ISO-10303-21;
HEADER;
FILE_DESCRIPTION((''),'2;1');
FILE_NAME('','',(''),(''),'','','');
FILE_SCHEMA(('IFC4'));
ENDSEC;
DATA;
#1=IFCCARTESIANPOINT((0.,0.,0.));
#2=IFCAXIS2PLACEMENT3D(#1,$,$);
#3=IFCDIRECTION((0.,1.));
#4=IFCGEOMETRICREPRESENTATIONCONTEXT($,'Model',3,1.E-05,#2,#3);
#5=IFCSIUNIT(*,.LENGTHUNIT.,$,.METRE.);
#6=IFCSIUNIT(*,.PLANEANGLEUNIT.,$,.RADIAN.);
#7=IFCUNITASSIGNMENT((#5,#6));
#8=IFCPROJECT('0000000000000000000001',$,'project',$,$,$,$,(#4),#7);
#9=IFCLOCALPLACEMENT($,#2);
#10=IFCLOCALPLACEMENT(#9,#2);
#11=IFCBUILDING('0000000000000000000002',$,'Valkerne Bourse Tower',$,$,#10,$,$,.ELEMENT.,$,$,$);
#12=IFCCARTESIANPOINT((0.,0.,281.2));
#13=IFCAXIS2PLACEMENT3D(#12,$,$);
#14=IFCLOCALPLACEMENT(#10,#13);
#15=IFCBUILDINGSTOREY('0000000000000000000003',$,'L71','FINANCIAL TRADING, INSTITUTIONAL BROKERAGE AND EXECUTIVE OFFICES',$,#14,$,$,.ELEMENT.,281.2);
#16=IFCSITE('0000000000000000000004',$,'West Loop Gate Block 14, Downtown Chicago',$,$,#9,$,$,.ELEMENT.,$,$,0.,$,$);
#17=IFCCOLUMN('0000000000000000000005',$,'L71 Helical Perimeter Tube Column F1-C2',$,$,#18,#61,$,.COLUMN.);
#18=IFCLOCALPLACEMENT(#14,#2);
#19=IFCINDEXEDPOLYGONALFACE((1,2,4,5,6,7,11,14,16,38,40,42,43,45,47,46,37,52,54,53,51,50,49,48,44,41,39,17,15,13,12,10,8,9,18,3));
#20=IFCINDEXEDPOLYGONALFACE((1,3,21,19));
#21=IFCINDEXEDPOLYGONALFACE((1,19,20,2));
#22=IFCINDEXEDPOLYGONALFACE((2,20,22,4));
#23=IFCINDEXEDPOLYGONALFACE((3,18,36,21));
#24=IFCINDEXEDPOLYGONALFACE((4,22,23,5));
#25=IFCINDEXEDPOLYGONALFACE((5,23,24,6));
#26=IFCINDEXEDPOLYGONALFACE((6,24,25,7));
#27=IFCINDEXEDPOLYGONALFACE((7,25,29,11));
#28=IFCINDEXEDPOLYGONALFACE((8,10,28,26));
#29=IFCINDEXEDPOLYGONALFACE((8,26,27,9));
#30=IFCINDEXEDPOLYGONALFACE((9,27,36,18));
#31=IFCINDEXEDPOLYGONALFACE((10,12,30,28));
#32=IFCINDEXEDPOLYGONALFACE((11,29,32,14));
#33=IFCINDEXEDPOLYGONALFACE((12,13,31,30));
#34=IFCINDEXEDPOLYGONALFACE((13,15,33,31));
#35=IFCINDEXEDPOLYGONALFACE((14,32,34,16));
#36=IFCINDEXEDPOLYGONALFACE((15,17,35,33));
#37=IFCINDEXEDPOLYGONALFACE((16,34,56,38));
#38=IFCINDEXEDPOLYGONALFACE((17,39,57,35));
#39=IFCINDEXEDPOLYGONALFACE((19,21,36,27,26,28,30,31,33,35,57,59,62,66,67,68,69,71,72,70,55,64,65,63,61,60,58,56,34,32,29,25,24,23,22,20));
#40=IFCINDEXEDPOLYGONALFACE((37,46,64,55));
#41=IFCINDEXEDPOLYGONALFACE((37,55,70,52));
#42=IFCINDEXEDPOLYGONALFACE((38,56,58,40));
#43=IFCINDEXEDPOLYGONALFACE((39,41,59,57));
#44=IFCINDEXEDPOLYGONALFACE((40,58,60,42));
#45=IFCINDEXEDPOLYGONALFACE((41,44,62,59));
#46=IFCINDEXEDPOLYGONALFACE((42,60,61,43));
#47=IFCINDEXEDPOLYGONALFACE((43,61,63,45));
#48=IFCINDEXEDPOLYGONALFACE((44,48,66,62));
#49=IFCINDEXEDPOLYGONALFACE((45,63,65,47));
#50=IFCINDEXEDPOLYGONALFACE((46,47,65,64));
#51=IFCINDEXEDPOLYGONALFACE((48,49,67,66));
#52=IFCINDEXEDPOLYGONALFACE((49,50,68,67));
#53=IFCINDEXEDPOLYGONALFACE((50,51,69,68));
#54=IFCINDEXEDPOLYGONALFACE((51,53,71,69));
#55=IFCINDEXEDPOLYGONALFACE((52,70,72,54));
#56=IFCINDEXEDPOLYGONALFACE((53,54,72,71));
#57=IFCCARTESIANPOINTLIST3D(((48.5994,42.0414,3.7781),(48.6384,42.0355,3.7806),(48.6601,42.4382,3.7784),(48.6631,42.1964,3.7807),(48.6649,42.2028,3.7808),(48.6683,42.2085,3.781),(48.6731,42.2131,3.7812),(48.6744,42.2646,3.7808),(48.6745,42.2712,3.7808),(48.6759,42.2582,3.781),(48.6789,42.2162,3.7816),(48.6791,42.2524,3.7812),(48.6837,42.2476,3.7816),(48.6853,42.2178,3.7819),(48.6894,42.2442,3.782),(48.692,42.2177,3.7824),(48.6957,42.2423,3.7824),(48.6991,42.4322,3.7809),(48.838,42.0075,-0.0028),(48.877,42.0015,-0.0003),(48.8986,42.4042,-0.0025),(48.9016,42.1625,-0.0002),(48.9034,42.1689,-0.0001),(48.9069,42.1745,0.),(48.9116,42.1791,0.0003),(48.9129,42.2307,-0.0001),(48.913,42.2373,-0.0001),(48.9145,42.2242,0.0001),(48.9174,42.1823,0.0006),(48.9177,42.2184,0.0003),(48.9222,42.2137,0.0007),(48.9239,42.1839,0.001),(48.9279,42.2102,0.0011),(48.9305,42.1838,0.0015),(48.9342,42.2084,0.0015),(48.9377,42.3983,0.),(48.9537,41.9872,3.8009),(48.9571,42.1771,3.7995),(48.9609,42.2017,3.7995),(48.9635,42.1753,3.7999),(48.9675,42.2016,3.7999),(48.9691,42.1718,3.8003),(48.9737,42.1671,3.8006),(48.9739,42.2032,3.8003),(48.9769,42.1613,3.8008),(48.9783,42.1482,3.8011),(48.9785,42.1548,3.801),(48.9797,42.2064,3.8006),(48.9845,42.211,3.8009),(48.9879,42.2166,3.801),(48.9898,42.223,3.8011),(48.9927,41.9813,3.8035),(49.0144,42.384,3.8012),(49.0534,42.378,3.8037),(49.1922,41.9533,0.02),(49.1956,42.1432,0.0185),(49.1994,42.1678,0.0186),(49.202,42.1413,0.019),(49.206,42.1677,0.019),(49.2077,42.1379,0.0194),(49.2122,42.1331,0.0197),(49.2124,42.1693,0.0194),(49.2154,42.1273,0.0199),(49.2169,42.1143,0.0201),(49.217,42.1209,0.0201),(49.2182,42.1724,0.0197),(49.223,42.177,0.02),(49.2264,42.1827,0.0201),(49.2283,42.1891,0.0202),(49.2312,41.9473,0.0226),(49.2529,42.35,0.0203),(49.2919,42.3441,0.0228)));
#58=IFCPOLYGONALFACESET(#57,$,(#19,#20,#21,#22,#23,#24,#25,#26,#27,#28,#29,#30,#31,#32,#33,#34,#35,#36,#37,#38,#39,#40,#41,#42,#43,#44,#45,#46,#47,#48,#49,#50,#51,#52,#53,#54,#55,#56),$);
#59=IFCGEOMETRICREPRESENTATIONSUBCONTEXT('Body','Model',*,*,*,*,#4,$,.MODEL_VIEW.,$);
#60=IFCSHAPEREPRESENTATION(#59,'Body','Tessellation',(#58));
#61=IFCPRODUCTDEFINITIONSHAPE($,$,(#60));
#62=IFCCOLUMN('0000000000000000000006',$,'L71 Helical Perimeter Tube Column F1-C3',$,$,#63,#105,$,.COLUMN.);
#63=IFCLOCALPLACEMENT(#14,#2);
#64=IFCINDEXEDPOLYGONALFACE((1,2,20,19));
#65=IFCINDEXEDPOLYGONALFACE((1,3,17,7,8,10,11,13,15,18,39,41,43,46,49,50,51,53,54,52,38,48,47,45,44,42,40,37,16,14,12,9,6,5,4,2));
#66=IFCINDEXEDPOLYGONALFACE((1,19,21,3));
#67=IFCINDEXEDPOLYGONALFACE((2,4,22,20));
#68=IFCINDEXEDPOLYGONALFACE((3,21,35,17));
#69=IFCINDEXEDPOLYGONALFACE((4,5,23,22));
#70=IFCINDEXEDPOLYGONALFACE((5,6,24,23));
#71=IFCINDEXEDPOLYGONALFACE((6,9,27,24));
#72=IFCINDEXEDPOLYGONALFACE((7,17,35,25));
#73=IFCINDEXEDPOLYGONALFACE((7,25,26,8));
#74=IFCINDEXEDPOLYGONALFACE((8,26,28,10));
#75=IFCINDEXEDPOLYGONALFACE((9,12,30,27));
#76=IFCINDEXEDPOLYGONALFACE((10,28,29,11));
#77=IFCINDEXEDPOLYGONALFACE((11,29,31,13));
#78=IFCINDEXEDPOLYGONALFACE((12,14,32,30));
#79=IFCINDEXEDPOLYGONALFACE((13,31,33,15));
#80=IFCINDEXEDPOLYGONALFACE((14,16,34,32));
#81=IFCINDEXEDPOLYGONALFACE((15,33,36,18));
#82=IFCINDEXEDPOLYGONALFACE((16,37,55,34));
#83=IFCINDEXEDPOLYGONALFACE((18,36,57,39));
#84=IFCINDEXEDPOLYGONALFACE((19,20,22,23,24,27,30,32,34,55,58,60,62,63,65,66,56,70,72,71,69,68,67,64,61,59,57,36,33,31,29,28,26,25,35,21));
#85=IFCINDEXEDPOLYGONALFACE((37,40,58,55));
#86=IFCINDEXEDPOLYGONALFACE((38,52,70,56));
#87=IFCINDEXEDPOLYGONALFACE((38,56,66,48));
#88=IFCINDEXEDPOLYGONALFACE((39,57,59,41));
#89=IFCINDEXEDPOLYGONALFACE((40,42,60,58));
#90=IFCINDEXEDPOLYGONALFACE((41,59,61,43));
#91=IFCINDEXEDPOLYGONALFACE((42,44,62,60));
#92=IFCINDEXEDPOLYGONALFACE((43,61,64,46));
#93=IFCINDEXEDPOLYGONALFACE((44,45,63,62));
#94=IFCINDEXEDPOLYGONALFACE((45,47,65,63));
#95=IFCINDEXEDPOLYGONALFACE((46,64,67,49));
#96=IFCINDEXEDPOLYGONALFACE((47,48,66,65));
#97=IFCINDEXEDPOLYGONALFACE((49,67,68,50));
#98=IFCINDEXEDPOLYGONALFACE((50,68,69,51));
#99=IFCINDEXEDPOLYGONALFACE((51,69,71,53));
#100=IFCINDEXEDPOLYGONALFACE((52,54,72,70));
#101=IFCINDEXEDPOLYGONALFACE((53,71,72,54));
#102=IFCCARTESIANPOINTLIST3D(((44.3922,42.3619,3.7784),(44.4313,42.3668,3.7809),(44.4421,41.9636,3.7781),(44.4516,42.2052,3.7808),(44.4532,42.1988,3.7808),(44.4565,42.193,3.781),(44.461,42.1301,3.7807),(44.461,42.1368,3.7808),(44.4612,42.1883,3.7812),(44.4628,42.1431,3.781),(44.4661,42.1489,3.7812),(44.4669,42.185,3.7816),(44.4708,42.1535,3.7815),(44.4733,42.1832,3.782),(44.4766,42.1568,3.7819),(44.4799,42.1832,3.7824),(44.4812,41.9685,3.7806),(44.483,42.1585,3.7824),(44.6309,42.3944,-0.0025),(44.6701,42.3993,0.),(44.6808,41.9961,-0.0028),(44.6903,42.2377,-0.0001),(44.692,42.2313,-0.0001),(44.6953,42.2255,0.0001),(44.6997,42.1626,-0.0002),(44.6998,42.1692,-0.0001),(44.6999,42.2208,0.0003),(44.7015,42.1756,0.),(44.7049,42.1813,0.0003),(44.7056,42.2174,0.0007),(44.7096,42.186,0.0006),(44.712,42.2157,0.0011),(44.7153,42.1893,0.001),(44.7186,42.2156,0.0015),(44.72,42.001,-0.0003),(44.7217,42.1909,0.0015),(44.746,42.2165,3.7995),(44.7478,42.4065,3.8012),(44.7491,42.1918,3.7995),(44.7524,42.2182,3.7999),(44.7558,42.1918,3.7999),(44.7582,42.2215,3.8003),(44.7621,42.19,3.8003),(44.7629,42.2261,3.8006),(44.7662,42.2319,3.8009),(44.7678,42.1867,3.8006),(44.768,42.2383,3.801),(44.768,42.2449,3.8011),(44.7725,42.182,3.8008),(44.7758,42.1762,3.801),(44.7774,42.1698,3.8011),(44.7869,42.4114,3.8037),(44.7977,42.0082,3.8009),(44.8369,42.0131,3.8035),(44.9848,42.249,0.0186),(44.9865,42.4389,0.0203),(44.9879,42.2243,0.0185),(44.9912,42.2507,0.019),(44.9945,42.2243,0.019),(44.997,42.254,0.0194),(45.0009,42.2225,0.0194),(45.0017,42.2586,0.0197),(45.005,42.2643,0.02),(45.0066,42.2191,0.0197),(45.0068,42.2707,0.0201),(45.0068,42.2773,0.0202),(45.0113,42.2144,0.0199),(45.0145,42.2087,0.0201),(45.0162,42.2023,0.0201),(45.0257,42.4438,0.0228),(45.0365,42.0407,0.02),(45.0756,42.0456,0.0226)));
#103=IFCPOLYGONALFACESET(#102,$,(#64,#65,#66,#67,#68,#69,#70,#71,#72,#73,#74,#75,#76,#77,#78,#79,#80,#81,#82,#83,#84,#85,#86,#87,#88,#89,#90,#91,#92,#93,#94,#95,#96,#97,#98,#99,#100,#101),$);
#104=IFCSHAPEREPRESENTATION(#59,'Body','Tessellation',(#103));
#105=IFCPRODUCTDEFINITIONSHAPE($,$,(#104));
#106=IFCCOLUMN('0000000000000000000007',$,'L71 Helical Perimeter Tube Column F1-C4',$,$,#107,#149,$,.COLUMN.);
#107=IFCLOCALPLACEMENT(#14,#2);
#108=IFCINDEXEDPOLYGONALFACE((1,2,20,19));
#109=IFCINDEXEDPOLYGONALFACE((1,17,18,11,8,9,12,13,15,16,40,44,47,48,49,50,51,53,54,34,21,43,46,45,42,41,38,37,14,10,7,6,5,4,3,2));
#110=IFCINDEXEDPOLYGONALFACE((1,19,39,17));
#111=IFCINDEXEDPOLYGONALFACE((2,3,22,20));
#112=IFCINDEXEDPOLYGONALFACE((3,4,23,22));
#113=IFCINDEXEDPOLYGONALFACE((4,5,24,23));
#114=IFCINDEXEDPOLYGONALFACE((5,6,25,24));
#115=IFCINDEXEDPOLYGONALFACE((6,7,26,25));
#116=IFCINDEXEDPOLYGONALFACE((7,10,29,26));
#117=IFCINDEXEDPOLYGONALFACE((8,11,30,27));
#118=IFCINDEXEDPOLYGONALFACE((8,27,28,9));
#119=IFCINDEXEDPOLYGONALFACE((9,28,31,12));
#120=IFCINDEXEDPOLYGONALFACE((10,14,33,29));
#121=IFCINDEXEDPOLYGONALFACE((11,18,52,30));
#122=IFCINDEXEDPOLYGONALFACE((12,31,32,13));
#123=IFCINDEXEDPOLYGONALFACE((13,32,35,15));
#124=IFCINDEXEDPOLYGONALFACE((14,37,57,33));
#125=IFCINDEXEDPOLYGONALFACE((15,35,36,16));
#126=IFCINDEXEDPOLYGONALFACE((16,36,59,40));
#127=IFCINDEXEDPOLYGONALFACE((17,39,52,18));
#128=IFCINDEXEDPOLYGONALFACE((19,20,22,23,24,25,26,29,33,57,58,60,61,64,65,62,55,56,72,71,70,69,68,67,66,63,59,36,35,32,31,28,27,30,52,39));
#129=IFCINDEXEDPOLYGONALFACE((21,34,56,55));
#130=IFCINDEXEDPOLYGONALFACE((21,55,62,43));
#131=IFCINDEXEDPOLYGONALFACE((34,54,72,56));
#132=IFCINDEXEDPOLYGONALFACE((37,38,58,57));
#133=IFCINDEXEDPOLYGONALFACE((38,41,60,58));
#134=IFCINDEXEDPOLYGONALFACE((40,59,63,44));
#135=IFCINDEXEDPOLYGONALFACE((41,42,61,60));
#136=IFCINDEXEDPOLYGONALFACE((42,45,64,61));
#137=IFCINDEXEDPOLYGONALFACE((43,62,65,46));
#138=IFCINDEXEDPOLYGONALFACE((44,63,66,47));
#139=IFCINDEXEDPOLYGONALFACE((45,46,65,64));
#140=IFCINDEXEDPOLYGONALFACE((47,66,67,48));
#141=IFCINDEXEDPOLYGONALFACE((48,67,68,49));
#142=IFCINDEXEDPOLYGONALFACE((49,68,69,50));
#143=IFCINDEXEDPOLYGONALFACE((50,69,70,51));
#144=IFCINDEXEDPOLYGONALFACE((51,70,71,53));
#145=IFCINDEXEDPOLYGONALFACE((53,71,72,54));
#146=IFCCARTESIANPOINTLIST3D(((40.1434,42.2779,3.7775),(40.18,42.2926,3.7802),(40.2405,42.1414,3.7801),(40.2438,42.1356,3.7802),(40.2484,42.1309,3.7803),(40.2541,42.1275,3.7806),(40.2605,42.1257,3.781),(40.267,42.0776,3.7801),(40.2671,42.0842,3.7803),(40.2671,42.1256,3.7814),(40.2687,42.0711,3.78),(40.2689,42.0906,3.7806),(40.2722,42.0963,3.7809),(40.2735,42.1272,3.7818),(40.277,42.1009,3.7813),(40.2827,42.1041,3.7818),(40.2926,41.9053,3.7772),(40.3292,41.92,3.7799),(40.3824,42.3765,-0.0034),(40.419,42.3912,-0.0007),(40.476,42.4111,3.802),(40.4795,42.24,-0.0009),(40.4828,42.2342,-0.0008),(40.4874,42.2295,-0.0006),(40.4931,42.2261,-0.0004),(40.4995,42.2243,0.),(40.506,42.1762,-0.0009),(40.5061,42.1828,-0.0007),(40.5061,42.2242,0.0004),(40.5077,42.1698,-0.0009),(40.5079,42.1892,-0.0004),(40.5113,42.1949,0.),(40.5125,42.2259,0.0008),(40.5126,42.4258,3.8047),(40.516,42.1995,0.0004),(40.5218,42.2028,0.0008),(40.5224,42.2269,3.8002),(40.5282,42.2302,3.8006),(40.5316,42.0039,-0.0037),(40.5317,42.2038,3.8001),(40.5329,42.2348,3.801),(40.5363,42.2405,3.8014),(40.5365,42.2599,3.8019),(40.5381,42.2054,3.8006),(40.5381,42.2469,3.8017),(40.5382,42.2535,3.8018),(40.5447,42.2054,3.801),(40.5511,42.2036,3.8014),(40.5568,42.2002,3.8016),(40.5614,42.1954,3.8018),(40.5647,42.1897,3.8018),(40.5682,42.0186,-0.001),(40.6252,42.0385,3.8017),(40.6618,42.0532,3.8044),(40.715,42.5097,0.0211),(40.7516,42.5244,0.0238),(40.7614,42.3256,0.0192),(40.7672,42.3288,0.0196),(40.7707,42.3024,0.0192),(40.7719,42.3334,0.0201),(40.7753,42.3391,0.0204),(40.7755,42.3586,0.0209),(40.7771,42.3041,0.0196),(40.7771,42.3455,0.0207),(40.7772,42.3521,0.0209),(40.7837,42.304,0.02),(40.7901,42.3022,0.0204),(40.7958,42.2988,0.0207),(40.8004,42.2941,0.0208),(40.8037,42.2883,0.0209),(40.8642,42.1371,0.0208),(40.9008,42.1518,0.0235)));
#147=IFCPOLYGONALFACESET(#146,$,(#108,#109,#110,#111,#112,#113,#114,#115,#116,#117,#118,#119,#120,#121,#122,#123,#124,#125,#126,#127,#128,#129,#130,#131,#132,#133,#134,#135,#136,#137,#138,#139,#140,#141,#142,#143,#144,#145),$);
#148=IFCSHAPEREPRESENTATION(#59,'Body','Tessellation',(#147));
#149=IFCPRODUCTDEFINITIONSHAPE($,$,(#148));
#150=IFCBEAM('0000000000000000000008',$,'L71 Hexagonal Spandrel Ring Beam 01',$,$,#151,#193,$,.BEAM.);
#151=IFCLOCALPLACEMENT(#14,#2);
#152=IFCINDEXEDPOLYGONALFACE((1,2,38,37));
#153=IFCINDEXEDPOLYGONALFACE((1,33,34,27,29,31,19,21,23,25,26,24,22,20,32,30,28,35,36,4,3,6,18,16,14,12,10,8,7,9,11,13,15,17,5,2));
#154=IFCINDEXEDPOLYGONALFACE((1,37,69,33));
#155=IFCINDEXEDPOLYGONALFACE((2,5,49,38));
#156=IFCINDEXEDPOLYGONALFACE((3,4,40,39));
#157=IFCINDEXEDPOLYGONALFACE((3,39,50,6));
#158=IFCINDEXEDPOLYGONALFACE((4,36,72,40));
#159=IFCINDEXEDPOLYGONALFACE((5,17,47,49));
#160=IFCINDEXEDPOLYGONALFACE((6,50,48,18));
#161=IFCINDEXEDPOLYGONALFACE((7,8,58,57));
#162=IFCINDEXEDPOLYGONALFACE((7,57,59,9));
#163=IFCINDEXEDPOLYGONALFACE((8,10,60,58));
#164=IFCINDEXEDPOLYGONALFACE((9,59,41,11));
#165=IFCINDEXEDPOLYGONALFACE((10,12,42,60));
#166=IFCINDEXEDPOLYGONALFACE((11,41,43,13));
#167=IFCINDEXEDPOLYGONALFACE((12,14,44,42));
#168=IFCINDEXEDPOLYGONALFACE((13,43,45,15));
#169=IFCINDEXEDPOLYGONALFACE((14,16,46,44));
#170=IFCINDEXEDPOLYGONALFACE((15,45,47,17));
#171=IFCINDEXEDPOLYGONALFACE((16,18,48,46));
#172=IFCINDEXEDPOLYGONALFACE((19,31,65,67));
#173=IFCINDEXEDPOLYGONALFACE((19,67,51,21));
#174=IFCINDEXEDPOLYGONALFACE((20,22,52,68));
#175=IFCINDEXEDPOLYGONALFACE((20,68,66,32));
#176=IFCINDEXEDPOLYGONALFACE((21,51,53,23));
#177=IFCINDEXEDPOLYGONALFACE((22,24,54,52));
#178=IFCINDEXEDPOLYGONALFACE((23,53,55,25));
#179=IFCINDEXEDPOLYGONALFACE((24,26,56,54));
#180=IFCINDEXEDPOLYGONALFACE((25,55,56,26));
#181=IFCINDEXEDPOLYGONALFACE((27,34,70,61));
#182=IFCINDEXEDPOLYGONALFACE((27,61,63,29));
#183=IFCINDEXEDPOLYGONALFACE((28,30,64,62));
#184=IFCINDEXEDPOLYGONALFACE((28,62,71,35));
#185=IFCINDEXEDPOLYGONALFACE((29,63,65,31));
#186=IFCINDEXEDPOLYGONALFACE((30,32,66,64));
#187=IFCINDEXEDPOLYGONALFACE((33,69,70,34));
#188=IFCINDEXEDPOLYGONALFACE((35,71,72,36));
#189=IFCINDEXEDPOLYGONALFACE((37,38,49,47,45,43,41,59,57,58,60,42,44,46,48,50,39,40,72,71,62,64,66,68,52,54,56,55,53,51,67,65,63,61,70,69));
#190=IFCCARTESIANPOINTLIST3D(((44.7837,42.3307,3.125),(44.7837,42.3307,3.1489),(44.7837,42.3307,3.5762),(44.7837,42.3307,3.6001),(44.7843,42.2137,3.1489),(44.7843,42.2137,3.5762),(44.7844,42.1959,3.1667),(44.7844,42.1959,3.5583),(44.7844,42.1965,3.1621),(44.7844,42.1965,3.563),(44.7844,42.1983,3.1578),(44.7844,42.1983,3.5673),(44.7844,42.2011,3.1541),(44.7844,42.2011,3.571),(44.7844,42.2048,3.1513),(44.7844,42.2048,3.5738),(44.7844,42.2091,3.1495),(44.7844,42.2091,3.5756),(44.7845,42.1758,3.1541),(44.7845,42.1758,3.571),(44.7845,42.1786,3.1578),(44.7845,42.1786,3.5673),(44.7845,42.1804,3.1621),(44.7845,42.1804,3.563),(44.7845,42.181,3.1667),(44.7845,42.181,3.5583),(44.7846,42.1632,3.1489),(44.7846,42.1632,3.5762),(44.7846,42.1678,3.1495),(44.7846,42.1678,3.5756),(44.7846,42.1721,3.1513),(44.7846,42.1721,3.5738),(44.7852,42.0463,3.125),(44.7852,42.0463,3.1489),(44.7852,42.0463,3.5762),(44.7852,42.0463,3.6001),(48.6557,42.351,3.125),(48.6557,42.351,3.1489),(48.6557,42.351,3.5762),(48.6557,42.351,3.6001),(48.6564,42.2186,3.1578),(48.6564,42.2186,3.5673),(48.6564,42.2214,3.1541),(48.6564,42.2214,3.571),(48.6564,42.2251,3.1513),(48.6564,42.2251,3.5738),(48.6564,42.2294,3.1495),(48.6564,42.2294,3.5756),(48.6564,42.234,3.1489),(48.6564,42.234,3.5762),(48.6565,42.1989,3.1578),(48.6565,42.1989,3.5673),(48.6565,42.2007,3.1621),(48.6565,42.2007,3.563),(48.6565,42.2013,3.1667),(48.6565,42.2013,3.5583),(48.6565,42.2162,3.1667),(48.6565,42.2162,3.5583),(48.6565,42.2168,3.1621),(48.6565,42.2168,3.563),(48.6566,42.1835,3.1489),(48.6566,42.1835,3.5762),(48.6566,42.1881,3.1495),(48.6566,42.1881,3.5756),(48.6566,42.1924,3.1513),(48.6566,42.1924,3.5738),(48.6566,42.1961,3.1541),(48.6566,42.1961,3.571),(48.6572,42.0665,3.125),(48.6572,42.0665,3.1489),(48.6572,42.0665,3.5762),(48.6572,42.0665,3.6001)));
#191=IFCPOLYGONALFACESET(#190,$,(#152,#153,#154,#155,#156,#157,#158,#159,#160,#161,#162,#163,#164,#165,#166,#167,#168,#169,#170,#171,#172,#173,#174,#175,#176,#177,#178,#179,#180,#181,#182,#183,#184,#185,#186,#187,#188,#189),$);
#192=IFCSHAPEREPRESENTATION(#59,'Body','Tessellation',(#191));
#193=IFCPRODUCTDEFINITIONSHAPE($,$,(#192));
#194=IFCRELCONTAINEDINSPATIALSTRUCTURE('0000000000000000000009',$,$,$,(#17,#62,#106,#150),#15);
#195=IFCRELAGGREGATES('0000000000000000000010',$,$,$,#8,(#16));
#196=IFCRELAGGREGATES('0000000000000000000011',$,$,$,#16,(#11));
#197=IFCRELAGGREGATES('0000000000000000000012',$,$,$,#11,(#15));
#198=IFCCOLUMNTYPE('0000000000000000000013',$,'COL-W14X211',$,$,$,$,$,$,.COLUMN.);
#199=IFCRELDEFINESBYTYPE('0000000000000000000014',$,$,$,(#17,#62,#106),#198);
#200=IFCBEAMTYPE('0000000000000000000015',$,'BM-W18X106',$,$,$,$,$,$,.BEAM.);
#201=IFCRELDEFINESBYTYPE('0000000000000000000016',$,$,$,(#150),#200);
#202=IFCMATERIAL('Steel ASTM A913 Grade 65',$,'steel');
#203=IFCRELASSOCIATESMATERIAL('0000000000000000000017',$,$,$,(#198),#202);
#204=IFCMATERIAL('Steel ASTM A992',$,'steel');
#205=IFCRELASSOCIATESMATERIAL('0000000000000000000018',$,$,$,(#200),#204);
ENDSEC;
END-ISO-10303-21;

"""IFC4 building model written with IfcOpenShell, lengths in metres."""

from ifc_helpers import new_model, si_unit, direction, frame, origin, origin_2d, place, context, subcontext, project, spatial, i_section, extrude, material, material_profile, profile_set, type_object, element, save


model = new_model("IFC4")

# Units and contexts
model_context = context("Model", 3, precision=1e-05, world=origin(), true_north=direction((0.0, 1.0)))
body_context = subcontext(model_context, "Body", "Model", "MODEL_VIEW")
ifc_project = project(units=[si_unit("LENGTHUNIT", "METRE"), si_unit("PLANEANGLEUNIT", "RADIAN")], contexts=[model_context])

# Site, building, storey
site_placement = place(None, origin())
site = spatial("IfcSite", under=ifc_project, at=site_placement, Name="West Loop Gate Block 14, Downtown Chicago", CompositionType="ELEMENT", RefElevation=0.0)
building_placement = place(site_placement, origin())
building = spatial("IfcBuilding", under=site, at=building_placement, Name="Valkerne Bourse Tower", CompositionType="ELEMENT")
storey_placement = place(building_placement, frame((0.0, 0.0, 281.2)))
storey = spatial("IfcBuildingStorey", under=building, at=storey_placement, Name="L71", Description="FINANCIAL TRADING, INSTITUTIONAL BROKERAGE AND EXECUTIVE OFFICES", CompositionType="ELEMENT", Elevation=281.2)

# Columns
ifc_material_1 = material(Name="Steel ASTM A913 Grade 65", Category="steel")
ifc_material_profile_1 = material_profile(ifc_material_1, i_section(OverallWidth=0.4014, OverallDepth=0.3987, WebThickness=0.0249, FlangeThickness=0.0396, FilletRadius=0.0254, at=origin_2d()), Name="W14X211")
ifc_profile_set_1 = profile_set([ifc_material_profile_1], Name="Steel ASTM A913 Grade 65")
column_type = type_object("IfcColumnType", Name="COL-W14X211", PredefinedType="COLUMN", material=ifc_profile_set_1)
for number, where, z_axis, x_axis, name in (
    (1, (49.0649, 42.1758, 0.01), (-0.062957, 0.008957, 0.997976), (0.151193, 0.988504, 0.000666), "L71 Helical Perimeter Tube Column F1-C2"),
    (2, (44.8533, 42.22, 0.01), (-0.063022, -0.00857, 0.997975), (-0.124389, 0.992233, 0.000666), "L71 Helical Perimeter Tube Column F1-C3"),
):
    element("IfcColumn", number, at=place(storey_placement, frame(where, z_axis=z_axis, x_axis=x_axis)), inside=storey, type_object=column_type, Name=name, PredefinedType="COLUMN", context=body_context, shape_type="SweptSolid", body=[
        extrude(i_section(OverallWidth=0.4014, OverallDepth=0.3987, WebThickness=0.0249, FlangeThickness=0.0396, FilletRadius=0.0254, at=origin_2d()), origin(), (0.0, 0.0, 1.0), 3.7886),
    ])
column_placement = place(storey_placement, frame((40.6416, 42.2642, 0.01), z_axis=(-0.063067, -0.026026, 0.99767), x_axis=(-0.371784, 0.928319, 0.000714)))
element("IfcColumn", 3, at=column_placement, inside=storey, type_object=column_type, Name="L71 Helical Perimeter Tube Column F1-C4", PredefinedType="COLUMN", context=body_context, shape_type="SweptSolid", body=[
    extrude(i_section(OverallWidth=0.4014, OverallDepth=0.3987, WebThickness=0.0249, FlangeThickness=0.0396, FilletRadius=0.0254, at=origin_2d()), origin(), (0.0, 0.0, 1.0), 3.7898),
])

# Beam
ifc_material_2 = material(Name="Steel ASTM A992", Category="steel")
ifc_material_profile_2 = material_profile(ifc_material_2, i_section(OverallWidth=0.2844, OverallDepth=0.4751, WebThickness=0.0149, FlangeThickness=0.0239, FilletRadius=0.0178, at=origin_2d()), Name="W18X106")
ifc_profile_set_2 = profile_set([ifc_material_profile_2], Name="Steel ASTM A992")
beam_type_1 = type_object("IfcBeamType", Name="BM-W18X106", PredefinedType="BEAM", material=ifc_profile_set_2)
beam_1_placement = place(storey_placement, frame((48.6565, 42.2087, 3.3625), z_axis=(-0.999986, -0.005233, 0.0), x_axis=(0.005233, -0.999986, 0.0)))
element("IfcBeam", 4, at=beam_1_placement, inside=storey, type_object=beam_type_1, Name="L71 Hexagonal Spandrel Ring Beam 01", PredefinedType="BEAM", context=body_context, shape_type="SweptSolid", body=[
    extrude(i_section(OverallWidth=0.2844, OverallDepth=0.4751, WebThickness=0.0149, FlangeThickness=0.0239, FilletRadius=0.0178, at=origin_2d()), origin(), (0.0, 0.0, 1.0), 3.8721),
])

save(model, "model.ifc")
